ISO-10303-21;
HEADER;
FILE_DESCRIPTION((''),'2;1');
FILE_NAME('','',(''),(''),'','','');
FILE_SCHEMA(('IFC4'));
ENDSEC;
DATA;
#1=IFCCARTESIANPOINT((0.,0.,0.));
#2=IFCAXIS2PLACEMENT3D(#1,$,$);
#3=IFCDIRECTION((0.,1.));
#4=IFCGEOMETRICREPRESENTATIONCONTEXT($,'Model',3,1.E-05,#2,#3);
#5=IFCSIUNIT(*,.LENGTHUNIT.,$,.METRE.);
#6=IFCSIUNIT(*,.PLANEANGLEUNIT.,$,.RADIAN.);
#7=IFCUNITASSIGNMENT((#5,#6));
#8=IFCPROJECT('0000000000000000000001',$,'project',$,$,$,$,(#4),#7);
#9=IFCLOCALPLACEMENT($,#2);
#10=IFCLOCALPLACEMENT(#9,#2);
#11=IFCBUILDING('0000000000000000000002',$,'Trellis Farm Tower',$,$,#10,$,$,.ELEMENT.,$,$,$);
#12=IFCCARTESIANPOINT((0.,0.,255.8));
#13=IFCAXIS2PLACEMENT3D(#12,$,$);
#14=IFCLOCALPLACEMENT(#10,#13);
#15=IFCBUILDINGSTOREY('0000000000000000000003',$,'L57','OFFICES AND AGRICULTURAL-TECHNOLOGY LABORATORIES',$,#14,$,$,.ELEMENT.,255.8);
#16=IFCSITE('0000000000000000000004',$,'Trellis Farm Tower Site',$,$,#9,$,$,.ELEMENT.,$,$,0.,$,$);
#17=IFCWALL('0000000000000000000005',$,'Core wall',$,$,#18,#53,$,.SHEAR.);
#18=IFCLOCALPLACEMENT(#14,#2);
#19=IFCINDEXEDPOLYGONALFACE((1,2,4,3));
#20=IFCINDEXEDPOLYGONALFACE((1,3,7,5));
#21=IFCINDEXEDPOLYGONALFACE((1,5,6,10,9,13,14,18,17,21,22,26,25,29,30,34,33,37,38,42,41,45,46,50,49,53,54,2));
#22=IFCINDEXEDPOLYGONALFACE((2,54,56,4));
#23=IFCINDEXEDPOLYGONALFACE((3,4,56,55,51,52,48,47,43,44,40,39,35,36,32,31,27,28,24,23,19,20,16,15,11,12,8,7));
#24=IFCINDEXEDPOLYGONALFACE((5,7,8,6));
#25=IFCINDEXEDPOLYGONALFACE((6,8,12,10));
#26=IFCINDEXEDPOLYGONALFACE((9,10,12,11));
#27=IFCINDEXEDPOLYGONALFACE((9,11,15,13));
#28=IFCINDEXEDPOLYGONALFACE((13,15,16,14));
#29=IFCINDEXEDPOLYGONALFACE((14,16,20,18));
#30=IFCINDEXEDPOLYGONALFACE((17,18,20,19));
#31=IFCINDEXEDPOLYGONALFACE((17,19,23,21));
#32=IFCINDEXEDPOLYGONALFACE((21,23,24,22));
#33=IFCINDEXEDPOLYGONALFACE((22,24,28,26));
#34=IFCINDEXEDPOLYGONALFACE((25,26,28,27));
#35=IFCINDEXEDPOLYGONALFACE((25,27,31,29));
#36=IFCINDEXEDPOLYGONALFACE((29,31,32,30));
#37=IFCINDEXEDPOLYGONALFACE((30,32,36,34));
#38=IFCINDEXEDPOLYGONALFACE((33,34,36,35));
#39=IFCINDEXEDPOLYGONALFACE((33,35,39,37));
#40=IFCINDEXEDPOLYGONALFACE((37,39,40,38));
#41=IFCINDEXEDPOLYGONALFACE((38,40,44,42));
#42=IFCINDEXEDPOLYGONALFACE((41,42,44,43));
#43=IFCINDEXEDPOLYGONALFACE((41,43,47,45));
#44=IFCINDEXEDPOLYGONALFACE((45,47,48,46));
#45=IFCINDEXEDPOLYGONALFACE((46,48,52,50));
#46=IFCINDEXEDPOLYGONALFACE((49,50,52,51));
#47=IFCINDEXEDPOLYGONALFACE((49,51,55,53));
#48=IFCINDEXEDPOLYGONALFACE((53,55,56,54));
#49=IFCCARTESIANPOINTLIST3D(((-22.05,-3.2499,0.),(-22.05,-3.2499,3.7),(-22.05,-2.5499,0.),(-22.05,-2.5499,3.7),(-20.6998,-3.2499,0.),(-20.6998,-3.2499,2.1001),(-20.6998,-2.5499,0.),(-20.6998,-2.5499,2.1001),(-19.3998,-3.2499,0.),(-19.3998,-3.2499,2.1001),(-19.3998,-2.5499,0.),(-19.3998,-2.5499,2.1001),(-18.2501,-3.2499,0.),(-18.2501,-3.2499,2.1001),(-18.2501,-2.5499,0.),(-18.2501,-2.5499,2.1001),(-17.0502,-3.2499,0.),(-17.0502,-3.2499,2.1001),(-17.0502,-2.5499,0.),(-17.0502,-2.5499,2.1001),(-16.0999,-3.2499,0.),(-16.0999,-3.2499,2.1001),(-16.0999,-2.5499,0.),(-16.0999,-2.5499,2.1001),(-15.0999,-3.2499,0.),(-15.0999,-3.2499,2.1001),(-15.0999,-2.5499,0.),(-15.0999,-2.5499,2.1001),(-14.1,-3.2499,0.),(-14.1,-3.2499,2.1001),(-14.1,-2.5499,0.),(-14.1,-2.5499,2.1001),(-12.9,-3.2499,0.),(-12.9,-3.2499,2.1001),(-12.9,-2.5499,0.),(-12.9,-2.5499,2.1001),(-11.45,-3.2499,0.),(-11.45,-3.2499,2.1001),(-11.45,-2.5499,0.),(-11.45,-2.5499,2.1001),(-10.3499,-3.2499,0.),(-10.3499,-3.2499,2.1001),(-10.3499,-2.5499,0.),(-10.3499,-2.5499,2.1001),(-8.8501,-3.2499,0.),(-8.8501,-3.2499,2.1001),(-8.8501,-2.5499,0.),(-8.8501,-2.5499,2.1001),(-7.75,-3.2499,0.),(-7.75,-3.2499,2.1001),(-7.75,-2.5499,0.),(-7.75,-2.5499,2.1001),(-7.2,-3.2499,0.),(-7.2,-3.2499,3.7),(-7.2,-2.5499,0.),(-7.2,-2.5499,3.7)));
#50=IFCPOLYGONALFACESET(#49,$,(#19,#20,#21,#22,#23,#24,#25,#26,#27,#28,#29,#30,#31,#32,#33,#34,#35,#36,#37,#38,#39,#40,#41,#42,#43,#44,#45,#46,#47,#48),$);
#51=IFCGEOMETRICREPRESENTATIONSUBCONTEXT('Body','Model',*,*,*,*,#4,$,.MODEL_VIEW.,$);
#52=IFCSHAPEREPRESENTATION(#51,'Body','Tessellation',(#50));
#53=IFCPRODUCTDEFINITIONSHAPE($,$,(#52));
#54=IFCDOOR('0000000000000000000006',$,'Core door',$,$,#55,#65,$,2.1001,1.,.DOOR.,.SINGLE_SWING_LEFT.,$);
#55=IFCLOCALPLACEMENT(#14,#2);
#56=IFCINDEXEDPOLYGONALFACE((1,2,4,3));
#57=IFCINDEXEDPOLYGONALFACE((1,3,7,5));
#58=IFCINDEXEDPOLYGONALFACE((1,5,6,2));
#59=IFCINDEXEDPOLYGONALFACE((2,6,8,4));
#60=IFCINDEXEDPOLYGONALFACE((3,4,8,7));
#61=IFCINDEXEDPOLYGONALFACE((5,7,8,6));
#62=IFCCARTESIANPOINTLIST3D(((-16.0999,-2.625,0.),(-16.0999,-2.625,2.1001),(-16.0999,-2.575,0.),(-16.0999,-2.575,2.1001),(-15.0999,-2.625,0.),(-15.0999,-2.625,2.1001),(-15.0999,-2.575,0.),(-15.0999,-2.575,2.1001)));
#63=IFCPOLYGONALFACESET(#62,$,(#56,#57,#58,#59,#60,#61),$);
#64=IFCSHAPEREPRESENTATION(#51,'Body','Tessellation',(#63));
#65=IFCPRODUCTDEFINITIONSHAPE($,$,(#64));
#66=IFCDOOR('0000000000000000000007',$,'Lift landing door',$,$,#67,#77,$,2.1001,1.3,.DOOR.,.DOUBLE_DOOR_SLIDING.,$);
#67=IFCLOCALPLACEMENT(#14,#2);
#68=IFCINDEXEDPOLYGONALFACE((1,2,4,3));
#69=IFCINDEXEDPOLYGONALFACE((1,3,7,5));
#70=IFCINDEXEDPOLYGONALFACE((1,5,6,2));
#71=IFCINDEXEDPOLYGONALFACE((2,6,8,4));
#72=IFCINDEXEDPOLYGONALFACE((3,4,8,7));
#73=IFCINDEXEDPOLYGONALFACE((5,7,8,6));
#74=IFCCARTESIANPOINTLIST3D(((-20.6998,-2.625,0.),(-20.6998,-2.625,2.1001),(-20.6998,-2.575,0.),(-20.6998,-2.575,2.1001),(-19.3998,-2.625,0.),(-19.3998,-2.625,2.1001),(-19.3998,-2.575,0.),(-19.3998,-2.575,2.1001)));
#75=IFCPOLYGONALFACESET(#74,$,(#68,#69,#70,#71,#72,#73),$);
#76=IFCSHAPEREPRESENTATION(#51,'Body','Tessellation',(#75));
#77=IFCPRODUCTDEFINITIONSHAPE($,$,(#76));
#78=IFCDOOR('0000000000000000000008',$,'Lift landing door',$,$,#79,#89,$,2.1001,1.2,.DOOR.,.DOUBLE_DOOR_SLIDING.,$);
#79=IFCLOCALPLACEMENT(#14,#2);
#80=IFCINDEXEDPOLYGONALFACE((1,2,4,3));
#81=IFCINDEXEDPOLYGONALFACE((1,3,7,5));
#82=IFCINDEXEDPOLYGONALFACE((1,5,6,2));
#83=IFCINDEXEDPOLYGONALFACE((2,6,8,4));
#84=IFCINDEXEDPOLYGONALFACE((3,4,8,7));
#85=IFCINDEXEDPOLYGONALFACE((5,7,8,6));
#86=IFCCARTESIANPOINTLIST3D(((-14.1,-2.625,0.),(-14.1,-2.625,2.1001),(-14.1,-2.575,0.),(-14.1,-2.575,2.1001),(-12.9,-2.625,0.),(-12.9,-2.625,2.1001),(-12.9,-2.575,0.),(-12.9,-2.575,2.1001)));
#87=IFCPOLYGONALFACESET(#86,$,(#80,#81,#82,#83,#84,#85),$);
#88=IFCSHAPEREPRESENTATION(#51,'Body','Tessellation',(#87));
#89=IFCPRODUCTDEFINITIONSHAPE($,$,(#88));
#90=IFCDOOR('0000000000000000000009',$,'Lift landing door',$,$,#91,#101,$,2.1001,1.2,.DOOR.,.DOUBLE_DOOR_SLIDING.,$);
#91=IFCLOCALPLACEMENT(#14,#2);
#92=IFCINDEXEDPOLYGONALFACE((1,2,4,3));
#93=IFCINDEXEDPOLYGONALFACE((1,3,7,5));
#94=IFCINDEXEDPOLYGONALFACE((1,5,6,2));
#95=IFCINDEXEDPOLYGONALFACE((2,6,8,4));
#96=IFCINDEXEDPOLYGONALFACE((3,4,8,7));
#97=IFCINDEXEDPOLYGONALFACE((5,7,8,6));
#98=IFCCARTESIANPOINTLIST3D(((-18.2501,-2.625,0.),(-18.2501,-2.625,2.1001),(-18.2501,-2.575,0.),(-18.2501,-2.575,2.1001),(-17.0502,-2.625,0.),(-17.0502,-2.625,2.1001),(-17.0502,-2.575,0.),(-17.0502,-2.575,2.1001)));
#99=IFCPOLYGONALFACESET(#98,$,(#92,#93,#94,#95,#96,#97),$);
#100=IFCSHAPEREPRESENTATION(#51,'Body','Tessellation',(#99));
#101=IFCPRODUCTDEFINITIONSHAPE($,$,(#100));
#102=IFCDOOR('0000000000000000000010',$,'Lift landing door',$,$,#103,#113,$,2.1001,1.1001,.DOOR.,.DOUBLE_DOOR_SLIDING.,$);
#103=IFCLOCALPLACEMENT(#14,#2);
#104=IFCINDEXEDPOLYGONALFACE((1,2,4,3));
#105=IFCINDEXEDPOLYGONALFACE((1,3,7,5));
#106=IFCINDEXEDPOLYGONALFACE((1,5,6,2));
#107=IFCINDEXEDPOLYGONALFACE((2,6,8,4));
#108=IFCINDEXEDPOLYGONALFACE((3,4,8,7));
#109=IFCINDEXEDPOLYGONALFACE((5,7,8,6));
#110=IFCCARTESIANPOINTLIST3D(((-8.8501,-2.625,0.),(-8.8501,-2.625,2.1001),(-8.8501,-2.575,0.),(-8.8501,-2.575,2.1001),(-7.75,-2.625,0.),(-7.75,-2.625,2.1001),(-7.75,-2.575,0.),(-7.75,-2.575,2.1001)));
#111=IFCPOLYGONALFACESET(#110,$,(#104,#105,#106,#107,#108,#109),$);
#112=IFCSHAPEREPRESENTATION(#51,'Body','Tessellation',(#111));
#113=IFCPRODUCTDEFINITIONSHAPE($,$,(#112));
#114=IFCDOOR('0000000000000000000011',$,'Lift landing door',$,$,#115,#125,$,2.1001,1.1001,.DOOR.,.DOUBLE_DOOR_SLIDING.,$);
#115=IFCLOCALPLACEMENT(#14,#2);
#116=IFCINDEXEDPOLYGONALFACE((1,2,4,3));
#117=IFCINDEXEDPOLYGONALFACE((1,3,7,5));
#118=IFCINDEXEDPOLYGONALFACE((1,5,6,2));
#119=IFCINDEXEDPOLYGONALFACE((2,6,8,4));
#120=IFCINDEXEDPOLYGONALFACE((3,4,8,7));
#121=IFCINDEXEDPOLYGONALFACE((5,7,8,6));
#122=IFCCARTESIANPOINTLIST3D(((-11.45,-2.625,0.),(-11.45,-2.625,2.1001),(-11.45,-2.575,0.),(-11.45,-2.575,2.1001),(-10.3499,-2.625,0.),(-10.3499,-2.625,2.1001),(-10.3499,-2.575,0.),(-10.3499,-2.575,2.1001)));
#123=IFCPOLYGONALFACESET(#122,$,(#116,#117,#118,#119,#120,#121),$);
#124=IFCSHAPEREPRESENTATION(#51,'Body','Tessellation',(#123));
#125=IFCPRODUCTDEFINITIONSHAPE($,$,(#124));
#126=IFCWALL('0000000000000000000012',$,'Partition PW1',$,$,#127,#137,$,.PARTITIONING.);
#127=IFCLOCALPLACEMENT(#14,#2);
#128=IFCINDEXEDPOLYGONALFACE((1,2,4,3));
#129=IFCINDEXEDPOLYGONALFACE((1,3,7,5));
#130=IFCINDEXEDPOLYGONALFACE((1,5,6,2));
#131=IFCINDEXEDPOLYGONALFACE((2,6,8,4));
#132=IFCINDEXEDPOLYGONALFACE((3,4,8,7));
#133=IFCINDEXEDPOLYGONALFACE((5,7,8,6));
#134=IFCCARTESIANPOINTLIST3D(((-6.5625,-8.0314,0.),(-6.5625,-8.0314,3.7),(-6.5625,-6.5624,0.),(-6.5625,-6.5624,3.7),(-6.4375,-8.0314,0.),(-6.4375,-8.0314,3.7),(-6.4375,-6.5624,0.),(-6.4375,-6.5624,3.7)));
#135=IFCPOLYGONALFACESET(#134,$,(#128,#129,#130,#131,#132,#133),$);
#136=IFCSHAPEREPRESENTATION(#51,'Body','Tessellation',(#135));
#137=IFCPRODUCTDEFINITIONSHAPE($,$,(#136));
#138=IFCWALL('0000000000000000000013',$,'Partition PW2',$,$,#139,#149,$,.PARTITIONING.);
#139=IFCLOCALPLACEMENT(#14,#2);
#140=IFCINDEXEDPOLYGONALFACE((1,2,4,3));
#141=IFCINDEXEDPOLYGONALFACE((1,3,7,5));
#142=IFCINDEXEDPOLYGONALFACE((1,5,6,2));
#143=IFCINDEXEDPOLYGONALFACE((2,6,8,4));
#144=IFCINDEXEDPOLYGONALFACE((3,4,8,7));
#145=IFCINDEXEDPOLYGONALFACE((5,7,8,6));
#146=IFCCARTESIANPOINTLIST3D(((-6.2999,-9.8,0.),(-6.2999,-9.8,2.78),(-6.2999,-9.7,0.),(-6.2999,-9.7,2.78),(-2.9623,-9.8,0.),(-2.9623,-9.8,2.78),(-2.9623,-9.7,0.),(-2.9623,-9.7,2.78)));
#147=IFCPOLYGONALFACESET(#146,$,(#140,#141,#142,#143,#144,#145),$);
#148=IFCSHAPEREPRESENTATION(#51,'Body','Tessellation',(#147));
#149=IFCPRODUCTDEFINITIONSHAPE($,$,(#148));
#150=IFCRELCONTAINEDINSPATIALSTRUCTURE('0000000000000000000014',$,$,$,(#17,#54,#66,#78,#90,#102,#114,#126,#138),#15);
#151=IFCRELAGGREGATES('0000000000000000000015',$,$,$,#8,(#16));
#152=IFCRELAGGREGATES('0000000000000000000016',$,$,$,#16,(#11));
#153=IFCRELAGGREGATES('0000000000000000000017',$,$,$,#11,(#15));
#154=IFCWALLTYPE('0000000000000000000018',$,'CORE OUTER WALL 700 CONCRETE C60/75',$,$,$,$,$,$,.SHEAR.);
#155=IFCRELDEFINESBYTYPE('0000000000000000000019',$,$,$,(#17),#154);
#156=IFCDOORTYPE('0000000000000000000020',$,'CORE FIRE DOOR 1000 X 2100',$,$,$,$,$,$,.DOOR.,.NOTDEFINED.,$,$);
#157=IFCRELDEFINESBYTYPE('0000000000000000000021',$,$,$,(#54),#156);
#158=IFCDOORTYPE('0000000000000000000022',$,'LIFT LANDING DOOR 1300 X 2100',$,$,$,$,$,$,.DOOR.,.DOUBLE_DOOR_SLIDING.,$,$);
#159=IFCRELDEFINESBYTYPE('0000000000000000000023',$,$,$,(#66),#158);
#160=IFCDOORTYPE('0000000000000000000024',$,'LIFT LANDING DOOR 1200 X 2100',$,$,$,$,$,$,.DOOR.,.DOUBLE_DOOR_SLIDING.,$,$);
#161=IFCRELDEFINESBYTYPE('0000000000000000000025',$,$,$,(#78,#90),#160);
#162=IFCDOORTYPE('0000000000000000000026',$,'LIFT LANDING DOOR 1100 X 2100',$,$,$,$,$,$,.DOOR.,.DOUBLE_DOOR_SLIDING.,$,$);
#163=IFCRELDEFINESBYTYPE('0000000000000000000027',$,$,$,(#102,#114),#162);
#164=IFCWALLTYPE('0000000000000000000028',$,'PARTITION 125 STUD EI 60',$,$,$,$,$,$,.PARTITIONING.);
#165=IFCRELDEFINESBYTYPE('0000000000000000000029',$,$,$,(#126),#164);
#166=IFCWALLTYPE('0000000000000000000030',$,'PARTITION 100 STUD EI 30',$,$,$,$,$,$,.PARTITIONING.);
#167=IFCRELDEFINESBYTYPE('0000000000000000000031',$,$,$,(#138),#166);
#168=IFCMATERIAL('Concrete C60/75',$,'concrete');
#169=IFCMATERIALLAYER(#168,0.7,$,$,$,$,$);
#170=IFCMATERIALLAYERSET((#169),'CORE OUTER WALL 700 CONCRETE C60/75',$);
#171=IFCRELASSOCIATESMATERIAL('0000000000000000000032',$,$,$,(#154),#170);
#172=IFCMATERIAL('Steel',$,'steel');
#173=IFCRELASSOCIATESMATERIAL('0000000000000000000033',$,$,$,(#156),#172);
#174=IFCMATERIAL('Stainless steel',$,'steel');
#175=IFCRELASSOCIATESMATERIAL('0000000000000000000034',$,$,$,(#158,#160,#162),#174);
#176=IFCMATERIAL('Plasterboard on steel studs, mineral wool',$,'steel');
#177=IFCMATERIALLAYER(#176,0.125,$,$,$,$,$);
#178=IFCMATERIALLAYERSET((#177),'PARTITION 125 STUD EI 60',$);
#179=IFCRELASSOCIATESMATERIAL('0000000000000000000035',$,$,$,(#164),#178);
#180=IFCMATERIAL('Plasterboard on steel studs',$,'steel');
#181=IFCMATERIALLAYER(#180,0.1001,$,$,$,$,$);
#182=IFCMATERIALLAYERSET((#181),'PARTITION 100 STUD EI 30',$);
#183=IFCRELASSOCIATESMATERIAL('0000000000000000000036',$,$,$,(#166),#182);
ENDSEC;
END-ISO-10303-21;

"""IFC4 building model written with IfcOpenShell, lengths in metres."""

from ifc_helpers import new_model, si_unit, direction, frame, frame_2d, origin, place, context, subcontext, project, spatial, rectangle, extrude, source, transform, mapped, material, layer, layer_set, type_object, element, fill, save


model = new_model("IFC4")

# Units and contexts
model_context = context("Model", 3, precision=1e-05, world=origin(), true_north=direction((0.0, 1.0)))
body_context = subcontext(model_context, "Body", "Model", "MODEL_VIEW")
ifc_project = project(units=[si_unit("LENGTHUNIT", "METRE"), si_unit("PLANEANGLEUNIT", "RADIAN")], contexts=[model_context])

# Site, building, storey
site_placement = place(None, origin())
site = spatial("IfcSite", under=ifc_project, at=site_placement, Name="Trellis Farm Tower Site", CompositionType="ELEMENT", RefElevation=0.0)
building_placement = place(site_placement, origin())
building = spatial("IfcBuilding", under=site, at=building_placement, Name="Trellis Farm Tower", CompositionType="ELEMENT")
storey_placement = place(building_placement, frame((0.0, 0.0, 255.8)))
storey = spatial("IfcBuildingStorey", under=building, at=storey_placement, Name="L57", Description="OFFICES AND AGRICULTURAL-TECHNOLOGY LABORATORIES", CompositionType="ELEMENT", Elevation=255.8)

# Shared definitions
ifc_material_1 = material(Name="Concrete C60/75", Category="concrete")

# Wall, openings, doors
ifc_layer_1 = layer(ifc_material_1, 0.7)
ifc_layer_set_1 = layer_set([ifc_layer_1], Name="CORE OUTER WALL 700 CONCRETE C60/75")
wall_type_1 = type_object("IfcWallType", Name="CORE OUTER WALL 700 CONCRETE C60/75", PredefinedType="SHEAR", material=ifc_layer_set_1)
shared_shape_1 = source(origin(), body_context, "Body", "SweptSolid", [
    extrude(rectangle(XDim=14.8501, YDim=0.7, at=frame_2d((7.425, 0.0))), origin(), (0.0, 0.0, 1.0), 3.7),
])
wall_1_placement = place(storey_placement, frame((-7.2, -2.8999, 0.0), z_axis=(0.0, 0.0, 1.0), x_axis=(-1.0, 0.0, 0.0)))
wall_1 = element("IfcWall", 1, at=wall_1_placement, inside=storey, type_object=wall_type_1, Name="Core wall", PredefinedType="SHEAR", context=body_context, shape_type="MappedRepresentation", body=[
    mapped(shared_shape_1, transform((0.0, 0.0, 0.0))),
])
shared_shape_2 = source(origin(), body_context, "Body", "SweptSolid", [
    extrude(rectangle(XDim=1.1001, YDim=2.1001, at=frame_2d((0.55, 1.05))), frame((0.0, 0.3601, 0.0), z_axis=(0.0, -1.0, 0.0), x_axis=(1.0, 0.0, 0.0)), (0.0, 0.0, 1.0), 0.7202),
])
opening_1_placement = place(wall_1_placement, frame((0.55, 0.0, 0.0)))
opening_1 = element("IfcOpeningElement", 2, at=opening_1_placement, cuts=wall_1, PredefinedType="OPENING", context=body_context, shape_type="MappedRepresentation", body=[
    mapped(shared_shape_2, transform((0.0, 0.0, 0.0))),
])
opening_2_placement = place(wall_1_placement, frame((3.1499, 0.0, 0.0)))
opening_2 = element("IfcOpeningElement", 3, at=opening_2_placement, cuts=wall_1, PredefinedType="OPENING", context=body_context, shape_type="MappedRepresentation", body=[
    mapped(shared_shape_2, transform((0.0, 0.0, 0.0))),
])
shared_shape_3 = source(origin(), body_context, "Body", "SweptSolid", [
    extrude(rectangle(XDim=1.2, YDim=2.1001, at=frame_2d((0.6001, 1.05))), frame((0.0, 0.3601, 0.0), z_axis=(0.0, -1.0, 0.0), x_axis=(1.0, 0.0, 0.0)), (0.0, 0.0, 1.0), 0.7202),
])
opening_3_placement = place(wall_1_placement, frame((5.7, 0.0, 0.0)))
opening_3 = element("IfcOpeningElement", 4, at=opening_3_placement, cuts=wall_1, PredefinedType="OPENING", context=body_context, shape_type="MappedRepresentation", body=[
    mapped(shared_shape_3, transform((0.0, 0.0, 0.0))),
])
shared_shape_4 = source(origin(), body_context, "Body", "SweptSolid", [
    extrude(rectangle(XDim=1.3, YDim=2.1001, at=frame_2d((0.6499, 1.05))), frame((0.0, 0.3601, 0.0), z_axis=(0.0, -1.0, 0.0), x_axis=(1.0, 0.0, 0.0)), (0.0, 0.0, 1.0), 0.7202),
])
opening_4_placement = place(wall_1_placement, frame((12.2, 0.0, 0.0)))
opening_4 = element("IfcOpeningElement", 5, at=opening_4_placement, cuts=wall_1, PredefinedType="OPENING", context=body_context, shape_type="MappedRepresentation", body=[
    mapped(shared_shape_4, transform((0.0, 0.0, 0.0))),
])
opening_5_placement = place(wall_1_placement, frame((9.8501, 0.0, 0.0)))
opening_5 = element("IfcOpeningElement", 6, at=opening_5_placement, cuts=wall_1, PredefinedType="OPENING", context=body_context, shape_type="MappedRepresentation", body=[
    mapped(shared_shape_3, transform((0.0, 0.0, 0.0))),
])
shared_shape_5 = source(origin(), body_context, "Body", "SweptSolid", [
    extrude(rectangle(XDim=1.0, YDim=2.1001, at=frame_2d((0.5, 1.05))), frame((0.0, 0.3601, 0.0), z_axis=(0.0, -1.0, 0.0), x_axis=(1.0, 0.0, 0.0)), (0.0, 0.0, 1.0), 0.7202),
])
opening_6_placement = place(wall_1_placement, frame((7.8999, 0.0, 0.0)))
opening_6 = element("IfcOpeningElement", 7, at=opening_6_placement, cuts=wall_1, PredefinedType="OPENING", context=body_context, shape_type="MappedRepresentation", body=[
    mapped(shared_shape_5, transform((0.0, 0.0, 0.0))),
])
ifc_material_2 = material(Name="Steel", Category="steel")
door_type_1 = type_object("IfcDoorType", Name="CORE FIRE DOOR 1000 X 2100", OperationType="NOTDEFINED", PredefinedType="DOOR", material=ifc_material_2)
shared_shape_6 = source(origin(), body_context, "Body", "SweptSolid", [
    extrude(rectangle(XDim=1.0, YDim=2.1001, at=frame_2d((0.5, 1.05))), frame((0.0, -0.2749, 0.0), z_axis=(0.0, -1.0, 0.0), x_axis=(1.0, 0.0, 0.0)), (0.0, 0.0, 1.0), 0.05),
])
door_1_placement = place(opening_6_placement, origin())
door_1 = element("IfcDoor", 8, at=door_1_placement, inside=storey, type_object=door_type_1, Name="Core door", OperationType="SINGLE_SWING_LEFT", OverallHeight=2.1001, OverallWidth=1.0, PredefinedType="DOOR", context=body_context, shape_type="MappedRepresentation", body=[
    mapped(shared_shape_6, transform((0.0, 0.0, 0.0))),
])
fill(opening_6, door_1)
ifc_material_3 = material(Name="Stainless steel", Category="steel")
door_type_2 = type_object("IfcDoorType", Name="LIFT LANDING DOOR 1300 X 2100", OperationType="DOUBLE_DOOR_SLIDING", PredefinedType="DOOR", material=ifc_material_3)
shared_shape_7 = source(origin(), body_context, "Body", "SweptSolid", [
    extrude(rectangle(XDim=1.3, YDim=2.1001, at=frame_2d((0.6499, 1.05))), frame((0.0, -0.2749, 0.0), z_axis=(0.0, -1.0, 0.0), x_axis=(1.0, 0.0, 0.0)), (0.0, 0.0, 1.0), 0.05),
])
door_2_placement = place(opening_4_placement, origin())
door_2 = element("IfcDoor", 9, at=door_2_placement, inside=storey, type_object=door_type_2, Name="Lift landing door", OperationType="DOUBLE_DOOR_SLIDING", OverallHeight=2.1001, OverallWidth=1.3, PredefinedType="DOOR", context=body_context, shape_type="MappedRepresentation", body=[
    mapped(shared_shape_7, transform((0.0, 0.0, 0.0))),
])
fill(opening_4, door_2)
door_type_3 = type_object("IfcDoorType", Name="LIFT LANDING DOOR 1200 X 2100", OperationType="DOUBLE_DOOR_SLIDING", PredefinedType="DOOR", material=ifc_material_3)
shared_shape_8 = source(origin(), body_context, "Body", "SweptSolid", [
    extrude(rectangle(XDim=1.2, YDim=2.1001, at=frame_2d((0.6001, 1.05))), frame((0.0, -0.2749, 0.0), z_axis=(0.0, -1.0, 0.0), x_axis=(1.0, 0.0, 0.0)), (0.0, 0.0, 1.0), 0.05),
])
door_3_placement = place(opening_3_placement, origin())
door_3 = element("IfcDoor", 10, at=door_3_placement, inside=storey, type_object=door_type_3, Name="Lift landing door", OperationType="DOUBLE_DOOR_SLIDING", OverallHeight=2.1001, OverallWidth=1.2, PredefinedType="DOOR", context=body_context, shape_type="MappedRepresentation", body=[
    mapped(shared_shape_8, transform((0.0, 0.0, 0.0))),
])
fill(opening_3, door_3)
door_4_placement = place(opening_5_placement, origin())
door_4 = element("IfcDoor", 11, at=door_4_placement, inside=storey, type_object=door_type_3, Name="Lift landing door", OperationType="DOUBLE_DOOR_SLIDING", OverallHeight=2.1001, OverallWidth=1.2, PredefinedType="DOOR", context=body_context, shape_type="MappedRepresentation", body=[
    mapped(shared_shape_8, transform((0.0, 0.0, 0.0))),
])
fill(opening_5, door_4)
door_type_4 = type_object("IfcDoorType", Name="LIFT LANDING DOOR 1100 X 2100", OperationType="DOUBLE_DOOR_SLIDING", PredefinedType="DOOR", material=ifc_material_3)
shared_shape_9 = source(origin(), body_context, "Body", "SweptSolid", [
    extrude(rectangle(XDim=1.1001, YDim=2.1001, at=frame_2d((0.55, 1.05))), frame((0.0, -0.2749, 0.0), z_axis=(0.0, -1.0, 0.0), x_axis=(1.0, 0.0, 0.0)), (0.0, 0.0, 1.0), 0.05),
])
door_5_placement = place(opening_1_placement, origin())
door_5 = element("IfcDoor", 12, at=door_5_placement, inside=storey, type_object=door_type_4, Name="Lift landing door", OperationType="DOUBLE_DOOR_SLIDING", OverallHeight=2.1001, OverallWidth=1.1001, PredefinedType="DOOR", context=body_context, shape_type="MappedRepresentation", body=[
    mapped(shared_shape_9, transform((0.0, 0.0, 0.0))),
])
fill(opening_1, door_5)
door_6_placement = place(opening_2_placement, origin())
door_6 = element("IfcDoor", 13, at=door_6_placement, inside=storey, type_object=door_type_4, Name="Lift landing door", OperationType="DOUBLE_DOOR_SLIDING", OverallHeight=2.1001, OverallWidth=1.1001, PredefinedType="DOOR", context=body_context, shape_type="MappedRepresentation", body=[
    mapped(shared_shape_9, transform((0.0, 0.0, 0.0))),
])
fill(opening_2, door_6)

# Walls
ifc_material_4 = material(Name="Plasterboard on steel studs, mineral wool", Category="steel")
ifc_layer_2 = layer(ifc_material_4, 0.125)
ifc_layer_set_2 = layer_set([ifc_layer_2], Name="PARTITION 125 STUD EI 60")
wall_type_2 = type_object("IfcWallType", Name="PARTITION 125 STUD EI 60", PredefinedType="PARTITIONING", material=ifc_layer_set_2)
shared_shape_10 = source(origin(), body_context, "Body", "SweptSolid", [
    extrude(rectangle(XDim=1.469, YDim=0.125, at=frame_2d((0.7344, 0.0))), origin(), (0.0, 0.0, 1.0), 3.7),
])
wall_2_placement = place(storey_placement, frame((-6.5, -6.5625, 0.0), z_axis=(0.0, 0.0, 1.0), x_axis=(0.0, -1.0, 0.0)))
element("IfcWall", 14, at=wall_2_placement, inside=storey, type_object=wall_type_2, Name="Partition PW1", PredefinedType="PARTITIONING", context=body_context, shape_type="MappedRepresentation", body=[
    mapped(shared_shape_10, transform((0.0, 0.0, 0.0))),
])
ifc_material_5 = material(Name="Plasterboard on steel studs", Category="steel")
ifc_layer_3 = layer(ifc_material_5, 0.1001)
ifc_layer_set_3 = layer_set([ifc_layer_3], Name="PARTITION 100 STUD EI 30")
wall_type_3 = type_object("IfcWallType", Name="PARTITION 100 STUD EI 30", PredefinedType="PARTITIONING", material=ifc_layer_set_3)
shared_shape_11 = source(origin(), body_context, "Body", "SweptSolid", [
    extrude(rectangle(XDim=3.3376, YDim=0.1001, at=frame_2d((1.6689, 0.0))), origin(), (0.0, 0.0, 1.0), 2.78),
])
wall_3_placement = place(storey_placement, frame((-6.3, -9.75, 0.0), z_axis=(0.0, 0.0, 1.0), x_axis=(1.0, 0.0, 0.0)))
element("IfcWall", 15, at=wall_3_placement, inside=storey, type_object=wall_type_3, Name="Partition PW2", PredefinedType="PARTITIONING", context=body_context, shape_type="MappedRepresentation", body=[
    mapped(shared_shape_11, transform((0.0, 0.0, 0.0))),
])

save(model, "model.ifc")
